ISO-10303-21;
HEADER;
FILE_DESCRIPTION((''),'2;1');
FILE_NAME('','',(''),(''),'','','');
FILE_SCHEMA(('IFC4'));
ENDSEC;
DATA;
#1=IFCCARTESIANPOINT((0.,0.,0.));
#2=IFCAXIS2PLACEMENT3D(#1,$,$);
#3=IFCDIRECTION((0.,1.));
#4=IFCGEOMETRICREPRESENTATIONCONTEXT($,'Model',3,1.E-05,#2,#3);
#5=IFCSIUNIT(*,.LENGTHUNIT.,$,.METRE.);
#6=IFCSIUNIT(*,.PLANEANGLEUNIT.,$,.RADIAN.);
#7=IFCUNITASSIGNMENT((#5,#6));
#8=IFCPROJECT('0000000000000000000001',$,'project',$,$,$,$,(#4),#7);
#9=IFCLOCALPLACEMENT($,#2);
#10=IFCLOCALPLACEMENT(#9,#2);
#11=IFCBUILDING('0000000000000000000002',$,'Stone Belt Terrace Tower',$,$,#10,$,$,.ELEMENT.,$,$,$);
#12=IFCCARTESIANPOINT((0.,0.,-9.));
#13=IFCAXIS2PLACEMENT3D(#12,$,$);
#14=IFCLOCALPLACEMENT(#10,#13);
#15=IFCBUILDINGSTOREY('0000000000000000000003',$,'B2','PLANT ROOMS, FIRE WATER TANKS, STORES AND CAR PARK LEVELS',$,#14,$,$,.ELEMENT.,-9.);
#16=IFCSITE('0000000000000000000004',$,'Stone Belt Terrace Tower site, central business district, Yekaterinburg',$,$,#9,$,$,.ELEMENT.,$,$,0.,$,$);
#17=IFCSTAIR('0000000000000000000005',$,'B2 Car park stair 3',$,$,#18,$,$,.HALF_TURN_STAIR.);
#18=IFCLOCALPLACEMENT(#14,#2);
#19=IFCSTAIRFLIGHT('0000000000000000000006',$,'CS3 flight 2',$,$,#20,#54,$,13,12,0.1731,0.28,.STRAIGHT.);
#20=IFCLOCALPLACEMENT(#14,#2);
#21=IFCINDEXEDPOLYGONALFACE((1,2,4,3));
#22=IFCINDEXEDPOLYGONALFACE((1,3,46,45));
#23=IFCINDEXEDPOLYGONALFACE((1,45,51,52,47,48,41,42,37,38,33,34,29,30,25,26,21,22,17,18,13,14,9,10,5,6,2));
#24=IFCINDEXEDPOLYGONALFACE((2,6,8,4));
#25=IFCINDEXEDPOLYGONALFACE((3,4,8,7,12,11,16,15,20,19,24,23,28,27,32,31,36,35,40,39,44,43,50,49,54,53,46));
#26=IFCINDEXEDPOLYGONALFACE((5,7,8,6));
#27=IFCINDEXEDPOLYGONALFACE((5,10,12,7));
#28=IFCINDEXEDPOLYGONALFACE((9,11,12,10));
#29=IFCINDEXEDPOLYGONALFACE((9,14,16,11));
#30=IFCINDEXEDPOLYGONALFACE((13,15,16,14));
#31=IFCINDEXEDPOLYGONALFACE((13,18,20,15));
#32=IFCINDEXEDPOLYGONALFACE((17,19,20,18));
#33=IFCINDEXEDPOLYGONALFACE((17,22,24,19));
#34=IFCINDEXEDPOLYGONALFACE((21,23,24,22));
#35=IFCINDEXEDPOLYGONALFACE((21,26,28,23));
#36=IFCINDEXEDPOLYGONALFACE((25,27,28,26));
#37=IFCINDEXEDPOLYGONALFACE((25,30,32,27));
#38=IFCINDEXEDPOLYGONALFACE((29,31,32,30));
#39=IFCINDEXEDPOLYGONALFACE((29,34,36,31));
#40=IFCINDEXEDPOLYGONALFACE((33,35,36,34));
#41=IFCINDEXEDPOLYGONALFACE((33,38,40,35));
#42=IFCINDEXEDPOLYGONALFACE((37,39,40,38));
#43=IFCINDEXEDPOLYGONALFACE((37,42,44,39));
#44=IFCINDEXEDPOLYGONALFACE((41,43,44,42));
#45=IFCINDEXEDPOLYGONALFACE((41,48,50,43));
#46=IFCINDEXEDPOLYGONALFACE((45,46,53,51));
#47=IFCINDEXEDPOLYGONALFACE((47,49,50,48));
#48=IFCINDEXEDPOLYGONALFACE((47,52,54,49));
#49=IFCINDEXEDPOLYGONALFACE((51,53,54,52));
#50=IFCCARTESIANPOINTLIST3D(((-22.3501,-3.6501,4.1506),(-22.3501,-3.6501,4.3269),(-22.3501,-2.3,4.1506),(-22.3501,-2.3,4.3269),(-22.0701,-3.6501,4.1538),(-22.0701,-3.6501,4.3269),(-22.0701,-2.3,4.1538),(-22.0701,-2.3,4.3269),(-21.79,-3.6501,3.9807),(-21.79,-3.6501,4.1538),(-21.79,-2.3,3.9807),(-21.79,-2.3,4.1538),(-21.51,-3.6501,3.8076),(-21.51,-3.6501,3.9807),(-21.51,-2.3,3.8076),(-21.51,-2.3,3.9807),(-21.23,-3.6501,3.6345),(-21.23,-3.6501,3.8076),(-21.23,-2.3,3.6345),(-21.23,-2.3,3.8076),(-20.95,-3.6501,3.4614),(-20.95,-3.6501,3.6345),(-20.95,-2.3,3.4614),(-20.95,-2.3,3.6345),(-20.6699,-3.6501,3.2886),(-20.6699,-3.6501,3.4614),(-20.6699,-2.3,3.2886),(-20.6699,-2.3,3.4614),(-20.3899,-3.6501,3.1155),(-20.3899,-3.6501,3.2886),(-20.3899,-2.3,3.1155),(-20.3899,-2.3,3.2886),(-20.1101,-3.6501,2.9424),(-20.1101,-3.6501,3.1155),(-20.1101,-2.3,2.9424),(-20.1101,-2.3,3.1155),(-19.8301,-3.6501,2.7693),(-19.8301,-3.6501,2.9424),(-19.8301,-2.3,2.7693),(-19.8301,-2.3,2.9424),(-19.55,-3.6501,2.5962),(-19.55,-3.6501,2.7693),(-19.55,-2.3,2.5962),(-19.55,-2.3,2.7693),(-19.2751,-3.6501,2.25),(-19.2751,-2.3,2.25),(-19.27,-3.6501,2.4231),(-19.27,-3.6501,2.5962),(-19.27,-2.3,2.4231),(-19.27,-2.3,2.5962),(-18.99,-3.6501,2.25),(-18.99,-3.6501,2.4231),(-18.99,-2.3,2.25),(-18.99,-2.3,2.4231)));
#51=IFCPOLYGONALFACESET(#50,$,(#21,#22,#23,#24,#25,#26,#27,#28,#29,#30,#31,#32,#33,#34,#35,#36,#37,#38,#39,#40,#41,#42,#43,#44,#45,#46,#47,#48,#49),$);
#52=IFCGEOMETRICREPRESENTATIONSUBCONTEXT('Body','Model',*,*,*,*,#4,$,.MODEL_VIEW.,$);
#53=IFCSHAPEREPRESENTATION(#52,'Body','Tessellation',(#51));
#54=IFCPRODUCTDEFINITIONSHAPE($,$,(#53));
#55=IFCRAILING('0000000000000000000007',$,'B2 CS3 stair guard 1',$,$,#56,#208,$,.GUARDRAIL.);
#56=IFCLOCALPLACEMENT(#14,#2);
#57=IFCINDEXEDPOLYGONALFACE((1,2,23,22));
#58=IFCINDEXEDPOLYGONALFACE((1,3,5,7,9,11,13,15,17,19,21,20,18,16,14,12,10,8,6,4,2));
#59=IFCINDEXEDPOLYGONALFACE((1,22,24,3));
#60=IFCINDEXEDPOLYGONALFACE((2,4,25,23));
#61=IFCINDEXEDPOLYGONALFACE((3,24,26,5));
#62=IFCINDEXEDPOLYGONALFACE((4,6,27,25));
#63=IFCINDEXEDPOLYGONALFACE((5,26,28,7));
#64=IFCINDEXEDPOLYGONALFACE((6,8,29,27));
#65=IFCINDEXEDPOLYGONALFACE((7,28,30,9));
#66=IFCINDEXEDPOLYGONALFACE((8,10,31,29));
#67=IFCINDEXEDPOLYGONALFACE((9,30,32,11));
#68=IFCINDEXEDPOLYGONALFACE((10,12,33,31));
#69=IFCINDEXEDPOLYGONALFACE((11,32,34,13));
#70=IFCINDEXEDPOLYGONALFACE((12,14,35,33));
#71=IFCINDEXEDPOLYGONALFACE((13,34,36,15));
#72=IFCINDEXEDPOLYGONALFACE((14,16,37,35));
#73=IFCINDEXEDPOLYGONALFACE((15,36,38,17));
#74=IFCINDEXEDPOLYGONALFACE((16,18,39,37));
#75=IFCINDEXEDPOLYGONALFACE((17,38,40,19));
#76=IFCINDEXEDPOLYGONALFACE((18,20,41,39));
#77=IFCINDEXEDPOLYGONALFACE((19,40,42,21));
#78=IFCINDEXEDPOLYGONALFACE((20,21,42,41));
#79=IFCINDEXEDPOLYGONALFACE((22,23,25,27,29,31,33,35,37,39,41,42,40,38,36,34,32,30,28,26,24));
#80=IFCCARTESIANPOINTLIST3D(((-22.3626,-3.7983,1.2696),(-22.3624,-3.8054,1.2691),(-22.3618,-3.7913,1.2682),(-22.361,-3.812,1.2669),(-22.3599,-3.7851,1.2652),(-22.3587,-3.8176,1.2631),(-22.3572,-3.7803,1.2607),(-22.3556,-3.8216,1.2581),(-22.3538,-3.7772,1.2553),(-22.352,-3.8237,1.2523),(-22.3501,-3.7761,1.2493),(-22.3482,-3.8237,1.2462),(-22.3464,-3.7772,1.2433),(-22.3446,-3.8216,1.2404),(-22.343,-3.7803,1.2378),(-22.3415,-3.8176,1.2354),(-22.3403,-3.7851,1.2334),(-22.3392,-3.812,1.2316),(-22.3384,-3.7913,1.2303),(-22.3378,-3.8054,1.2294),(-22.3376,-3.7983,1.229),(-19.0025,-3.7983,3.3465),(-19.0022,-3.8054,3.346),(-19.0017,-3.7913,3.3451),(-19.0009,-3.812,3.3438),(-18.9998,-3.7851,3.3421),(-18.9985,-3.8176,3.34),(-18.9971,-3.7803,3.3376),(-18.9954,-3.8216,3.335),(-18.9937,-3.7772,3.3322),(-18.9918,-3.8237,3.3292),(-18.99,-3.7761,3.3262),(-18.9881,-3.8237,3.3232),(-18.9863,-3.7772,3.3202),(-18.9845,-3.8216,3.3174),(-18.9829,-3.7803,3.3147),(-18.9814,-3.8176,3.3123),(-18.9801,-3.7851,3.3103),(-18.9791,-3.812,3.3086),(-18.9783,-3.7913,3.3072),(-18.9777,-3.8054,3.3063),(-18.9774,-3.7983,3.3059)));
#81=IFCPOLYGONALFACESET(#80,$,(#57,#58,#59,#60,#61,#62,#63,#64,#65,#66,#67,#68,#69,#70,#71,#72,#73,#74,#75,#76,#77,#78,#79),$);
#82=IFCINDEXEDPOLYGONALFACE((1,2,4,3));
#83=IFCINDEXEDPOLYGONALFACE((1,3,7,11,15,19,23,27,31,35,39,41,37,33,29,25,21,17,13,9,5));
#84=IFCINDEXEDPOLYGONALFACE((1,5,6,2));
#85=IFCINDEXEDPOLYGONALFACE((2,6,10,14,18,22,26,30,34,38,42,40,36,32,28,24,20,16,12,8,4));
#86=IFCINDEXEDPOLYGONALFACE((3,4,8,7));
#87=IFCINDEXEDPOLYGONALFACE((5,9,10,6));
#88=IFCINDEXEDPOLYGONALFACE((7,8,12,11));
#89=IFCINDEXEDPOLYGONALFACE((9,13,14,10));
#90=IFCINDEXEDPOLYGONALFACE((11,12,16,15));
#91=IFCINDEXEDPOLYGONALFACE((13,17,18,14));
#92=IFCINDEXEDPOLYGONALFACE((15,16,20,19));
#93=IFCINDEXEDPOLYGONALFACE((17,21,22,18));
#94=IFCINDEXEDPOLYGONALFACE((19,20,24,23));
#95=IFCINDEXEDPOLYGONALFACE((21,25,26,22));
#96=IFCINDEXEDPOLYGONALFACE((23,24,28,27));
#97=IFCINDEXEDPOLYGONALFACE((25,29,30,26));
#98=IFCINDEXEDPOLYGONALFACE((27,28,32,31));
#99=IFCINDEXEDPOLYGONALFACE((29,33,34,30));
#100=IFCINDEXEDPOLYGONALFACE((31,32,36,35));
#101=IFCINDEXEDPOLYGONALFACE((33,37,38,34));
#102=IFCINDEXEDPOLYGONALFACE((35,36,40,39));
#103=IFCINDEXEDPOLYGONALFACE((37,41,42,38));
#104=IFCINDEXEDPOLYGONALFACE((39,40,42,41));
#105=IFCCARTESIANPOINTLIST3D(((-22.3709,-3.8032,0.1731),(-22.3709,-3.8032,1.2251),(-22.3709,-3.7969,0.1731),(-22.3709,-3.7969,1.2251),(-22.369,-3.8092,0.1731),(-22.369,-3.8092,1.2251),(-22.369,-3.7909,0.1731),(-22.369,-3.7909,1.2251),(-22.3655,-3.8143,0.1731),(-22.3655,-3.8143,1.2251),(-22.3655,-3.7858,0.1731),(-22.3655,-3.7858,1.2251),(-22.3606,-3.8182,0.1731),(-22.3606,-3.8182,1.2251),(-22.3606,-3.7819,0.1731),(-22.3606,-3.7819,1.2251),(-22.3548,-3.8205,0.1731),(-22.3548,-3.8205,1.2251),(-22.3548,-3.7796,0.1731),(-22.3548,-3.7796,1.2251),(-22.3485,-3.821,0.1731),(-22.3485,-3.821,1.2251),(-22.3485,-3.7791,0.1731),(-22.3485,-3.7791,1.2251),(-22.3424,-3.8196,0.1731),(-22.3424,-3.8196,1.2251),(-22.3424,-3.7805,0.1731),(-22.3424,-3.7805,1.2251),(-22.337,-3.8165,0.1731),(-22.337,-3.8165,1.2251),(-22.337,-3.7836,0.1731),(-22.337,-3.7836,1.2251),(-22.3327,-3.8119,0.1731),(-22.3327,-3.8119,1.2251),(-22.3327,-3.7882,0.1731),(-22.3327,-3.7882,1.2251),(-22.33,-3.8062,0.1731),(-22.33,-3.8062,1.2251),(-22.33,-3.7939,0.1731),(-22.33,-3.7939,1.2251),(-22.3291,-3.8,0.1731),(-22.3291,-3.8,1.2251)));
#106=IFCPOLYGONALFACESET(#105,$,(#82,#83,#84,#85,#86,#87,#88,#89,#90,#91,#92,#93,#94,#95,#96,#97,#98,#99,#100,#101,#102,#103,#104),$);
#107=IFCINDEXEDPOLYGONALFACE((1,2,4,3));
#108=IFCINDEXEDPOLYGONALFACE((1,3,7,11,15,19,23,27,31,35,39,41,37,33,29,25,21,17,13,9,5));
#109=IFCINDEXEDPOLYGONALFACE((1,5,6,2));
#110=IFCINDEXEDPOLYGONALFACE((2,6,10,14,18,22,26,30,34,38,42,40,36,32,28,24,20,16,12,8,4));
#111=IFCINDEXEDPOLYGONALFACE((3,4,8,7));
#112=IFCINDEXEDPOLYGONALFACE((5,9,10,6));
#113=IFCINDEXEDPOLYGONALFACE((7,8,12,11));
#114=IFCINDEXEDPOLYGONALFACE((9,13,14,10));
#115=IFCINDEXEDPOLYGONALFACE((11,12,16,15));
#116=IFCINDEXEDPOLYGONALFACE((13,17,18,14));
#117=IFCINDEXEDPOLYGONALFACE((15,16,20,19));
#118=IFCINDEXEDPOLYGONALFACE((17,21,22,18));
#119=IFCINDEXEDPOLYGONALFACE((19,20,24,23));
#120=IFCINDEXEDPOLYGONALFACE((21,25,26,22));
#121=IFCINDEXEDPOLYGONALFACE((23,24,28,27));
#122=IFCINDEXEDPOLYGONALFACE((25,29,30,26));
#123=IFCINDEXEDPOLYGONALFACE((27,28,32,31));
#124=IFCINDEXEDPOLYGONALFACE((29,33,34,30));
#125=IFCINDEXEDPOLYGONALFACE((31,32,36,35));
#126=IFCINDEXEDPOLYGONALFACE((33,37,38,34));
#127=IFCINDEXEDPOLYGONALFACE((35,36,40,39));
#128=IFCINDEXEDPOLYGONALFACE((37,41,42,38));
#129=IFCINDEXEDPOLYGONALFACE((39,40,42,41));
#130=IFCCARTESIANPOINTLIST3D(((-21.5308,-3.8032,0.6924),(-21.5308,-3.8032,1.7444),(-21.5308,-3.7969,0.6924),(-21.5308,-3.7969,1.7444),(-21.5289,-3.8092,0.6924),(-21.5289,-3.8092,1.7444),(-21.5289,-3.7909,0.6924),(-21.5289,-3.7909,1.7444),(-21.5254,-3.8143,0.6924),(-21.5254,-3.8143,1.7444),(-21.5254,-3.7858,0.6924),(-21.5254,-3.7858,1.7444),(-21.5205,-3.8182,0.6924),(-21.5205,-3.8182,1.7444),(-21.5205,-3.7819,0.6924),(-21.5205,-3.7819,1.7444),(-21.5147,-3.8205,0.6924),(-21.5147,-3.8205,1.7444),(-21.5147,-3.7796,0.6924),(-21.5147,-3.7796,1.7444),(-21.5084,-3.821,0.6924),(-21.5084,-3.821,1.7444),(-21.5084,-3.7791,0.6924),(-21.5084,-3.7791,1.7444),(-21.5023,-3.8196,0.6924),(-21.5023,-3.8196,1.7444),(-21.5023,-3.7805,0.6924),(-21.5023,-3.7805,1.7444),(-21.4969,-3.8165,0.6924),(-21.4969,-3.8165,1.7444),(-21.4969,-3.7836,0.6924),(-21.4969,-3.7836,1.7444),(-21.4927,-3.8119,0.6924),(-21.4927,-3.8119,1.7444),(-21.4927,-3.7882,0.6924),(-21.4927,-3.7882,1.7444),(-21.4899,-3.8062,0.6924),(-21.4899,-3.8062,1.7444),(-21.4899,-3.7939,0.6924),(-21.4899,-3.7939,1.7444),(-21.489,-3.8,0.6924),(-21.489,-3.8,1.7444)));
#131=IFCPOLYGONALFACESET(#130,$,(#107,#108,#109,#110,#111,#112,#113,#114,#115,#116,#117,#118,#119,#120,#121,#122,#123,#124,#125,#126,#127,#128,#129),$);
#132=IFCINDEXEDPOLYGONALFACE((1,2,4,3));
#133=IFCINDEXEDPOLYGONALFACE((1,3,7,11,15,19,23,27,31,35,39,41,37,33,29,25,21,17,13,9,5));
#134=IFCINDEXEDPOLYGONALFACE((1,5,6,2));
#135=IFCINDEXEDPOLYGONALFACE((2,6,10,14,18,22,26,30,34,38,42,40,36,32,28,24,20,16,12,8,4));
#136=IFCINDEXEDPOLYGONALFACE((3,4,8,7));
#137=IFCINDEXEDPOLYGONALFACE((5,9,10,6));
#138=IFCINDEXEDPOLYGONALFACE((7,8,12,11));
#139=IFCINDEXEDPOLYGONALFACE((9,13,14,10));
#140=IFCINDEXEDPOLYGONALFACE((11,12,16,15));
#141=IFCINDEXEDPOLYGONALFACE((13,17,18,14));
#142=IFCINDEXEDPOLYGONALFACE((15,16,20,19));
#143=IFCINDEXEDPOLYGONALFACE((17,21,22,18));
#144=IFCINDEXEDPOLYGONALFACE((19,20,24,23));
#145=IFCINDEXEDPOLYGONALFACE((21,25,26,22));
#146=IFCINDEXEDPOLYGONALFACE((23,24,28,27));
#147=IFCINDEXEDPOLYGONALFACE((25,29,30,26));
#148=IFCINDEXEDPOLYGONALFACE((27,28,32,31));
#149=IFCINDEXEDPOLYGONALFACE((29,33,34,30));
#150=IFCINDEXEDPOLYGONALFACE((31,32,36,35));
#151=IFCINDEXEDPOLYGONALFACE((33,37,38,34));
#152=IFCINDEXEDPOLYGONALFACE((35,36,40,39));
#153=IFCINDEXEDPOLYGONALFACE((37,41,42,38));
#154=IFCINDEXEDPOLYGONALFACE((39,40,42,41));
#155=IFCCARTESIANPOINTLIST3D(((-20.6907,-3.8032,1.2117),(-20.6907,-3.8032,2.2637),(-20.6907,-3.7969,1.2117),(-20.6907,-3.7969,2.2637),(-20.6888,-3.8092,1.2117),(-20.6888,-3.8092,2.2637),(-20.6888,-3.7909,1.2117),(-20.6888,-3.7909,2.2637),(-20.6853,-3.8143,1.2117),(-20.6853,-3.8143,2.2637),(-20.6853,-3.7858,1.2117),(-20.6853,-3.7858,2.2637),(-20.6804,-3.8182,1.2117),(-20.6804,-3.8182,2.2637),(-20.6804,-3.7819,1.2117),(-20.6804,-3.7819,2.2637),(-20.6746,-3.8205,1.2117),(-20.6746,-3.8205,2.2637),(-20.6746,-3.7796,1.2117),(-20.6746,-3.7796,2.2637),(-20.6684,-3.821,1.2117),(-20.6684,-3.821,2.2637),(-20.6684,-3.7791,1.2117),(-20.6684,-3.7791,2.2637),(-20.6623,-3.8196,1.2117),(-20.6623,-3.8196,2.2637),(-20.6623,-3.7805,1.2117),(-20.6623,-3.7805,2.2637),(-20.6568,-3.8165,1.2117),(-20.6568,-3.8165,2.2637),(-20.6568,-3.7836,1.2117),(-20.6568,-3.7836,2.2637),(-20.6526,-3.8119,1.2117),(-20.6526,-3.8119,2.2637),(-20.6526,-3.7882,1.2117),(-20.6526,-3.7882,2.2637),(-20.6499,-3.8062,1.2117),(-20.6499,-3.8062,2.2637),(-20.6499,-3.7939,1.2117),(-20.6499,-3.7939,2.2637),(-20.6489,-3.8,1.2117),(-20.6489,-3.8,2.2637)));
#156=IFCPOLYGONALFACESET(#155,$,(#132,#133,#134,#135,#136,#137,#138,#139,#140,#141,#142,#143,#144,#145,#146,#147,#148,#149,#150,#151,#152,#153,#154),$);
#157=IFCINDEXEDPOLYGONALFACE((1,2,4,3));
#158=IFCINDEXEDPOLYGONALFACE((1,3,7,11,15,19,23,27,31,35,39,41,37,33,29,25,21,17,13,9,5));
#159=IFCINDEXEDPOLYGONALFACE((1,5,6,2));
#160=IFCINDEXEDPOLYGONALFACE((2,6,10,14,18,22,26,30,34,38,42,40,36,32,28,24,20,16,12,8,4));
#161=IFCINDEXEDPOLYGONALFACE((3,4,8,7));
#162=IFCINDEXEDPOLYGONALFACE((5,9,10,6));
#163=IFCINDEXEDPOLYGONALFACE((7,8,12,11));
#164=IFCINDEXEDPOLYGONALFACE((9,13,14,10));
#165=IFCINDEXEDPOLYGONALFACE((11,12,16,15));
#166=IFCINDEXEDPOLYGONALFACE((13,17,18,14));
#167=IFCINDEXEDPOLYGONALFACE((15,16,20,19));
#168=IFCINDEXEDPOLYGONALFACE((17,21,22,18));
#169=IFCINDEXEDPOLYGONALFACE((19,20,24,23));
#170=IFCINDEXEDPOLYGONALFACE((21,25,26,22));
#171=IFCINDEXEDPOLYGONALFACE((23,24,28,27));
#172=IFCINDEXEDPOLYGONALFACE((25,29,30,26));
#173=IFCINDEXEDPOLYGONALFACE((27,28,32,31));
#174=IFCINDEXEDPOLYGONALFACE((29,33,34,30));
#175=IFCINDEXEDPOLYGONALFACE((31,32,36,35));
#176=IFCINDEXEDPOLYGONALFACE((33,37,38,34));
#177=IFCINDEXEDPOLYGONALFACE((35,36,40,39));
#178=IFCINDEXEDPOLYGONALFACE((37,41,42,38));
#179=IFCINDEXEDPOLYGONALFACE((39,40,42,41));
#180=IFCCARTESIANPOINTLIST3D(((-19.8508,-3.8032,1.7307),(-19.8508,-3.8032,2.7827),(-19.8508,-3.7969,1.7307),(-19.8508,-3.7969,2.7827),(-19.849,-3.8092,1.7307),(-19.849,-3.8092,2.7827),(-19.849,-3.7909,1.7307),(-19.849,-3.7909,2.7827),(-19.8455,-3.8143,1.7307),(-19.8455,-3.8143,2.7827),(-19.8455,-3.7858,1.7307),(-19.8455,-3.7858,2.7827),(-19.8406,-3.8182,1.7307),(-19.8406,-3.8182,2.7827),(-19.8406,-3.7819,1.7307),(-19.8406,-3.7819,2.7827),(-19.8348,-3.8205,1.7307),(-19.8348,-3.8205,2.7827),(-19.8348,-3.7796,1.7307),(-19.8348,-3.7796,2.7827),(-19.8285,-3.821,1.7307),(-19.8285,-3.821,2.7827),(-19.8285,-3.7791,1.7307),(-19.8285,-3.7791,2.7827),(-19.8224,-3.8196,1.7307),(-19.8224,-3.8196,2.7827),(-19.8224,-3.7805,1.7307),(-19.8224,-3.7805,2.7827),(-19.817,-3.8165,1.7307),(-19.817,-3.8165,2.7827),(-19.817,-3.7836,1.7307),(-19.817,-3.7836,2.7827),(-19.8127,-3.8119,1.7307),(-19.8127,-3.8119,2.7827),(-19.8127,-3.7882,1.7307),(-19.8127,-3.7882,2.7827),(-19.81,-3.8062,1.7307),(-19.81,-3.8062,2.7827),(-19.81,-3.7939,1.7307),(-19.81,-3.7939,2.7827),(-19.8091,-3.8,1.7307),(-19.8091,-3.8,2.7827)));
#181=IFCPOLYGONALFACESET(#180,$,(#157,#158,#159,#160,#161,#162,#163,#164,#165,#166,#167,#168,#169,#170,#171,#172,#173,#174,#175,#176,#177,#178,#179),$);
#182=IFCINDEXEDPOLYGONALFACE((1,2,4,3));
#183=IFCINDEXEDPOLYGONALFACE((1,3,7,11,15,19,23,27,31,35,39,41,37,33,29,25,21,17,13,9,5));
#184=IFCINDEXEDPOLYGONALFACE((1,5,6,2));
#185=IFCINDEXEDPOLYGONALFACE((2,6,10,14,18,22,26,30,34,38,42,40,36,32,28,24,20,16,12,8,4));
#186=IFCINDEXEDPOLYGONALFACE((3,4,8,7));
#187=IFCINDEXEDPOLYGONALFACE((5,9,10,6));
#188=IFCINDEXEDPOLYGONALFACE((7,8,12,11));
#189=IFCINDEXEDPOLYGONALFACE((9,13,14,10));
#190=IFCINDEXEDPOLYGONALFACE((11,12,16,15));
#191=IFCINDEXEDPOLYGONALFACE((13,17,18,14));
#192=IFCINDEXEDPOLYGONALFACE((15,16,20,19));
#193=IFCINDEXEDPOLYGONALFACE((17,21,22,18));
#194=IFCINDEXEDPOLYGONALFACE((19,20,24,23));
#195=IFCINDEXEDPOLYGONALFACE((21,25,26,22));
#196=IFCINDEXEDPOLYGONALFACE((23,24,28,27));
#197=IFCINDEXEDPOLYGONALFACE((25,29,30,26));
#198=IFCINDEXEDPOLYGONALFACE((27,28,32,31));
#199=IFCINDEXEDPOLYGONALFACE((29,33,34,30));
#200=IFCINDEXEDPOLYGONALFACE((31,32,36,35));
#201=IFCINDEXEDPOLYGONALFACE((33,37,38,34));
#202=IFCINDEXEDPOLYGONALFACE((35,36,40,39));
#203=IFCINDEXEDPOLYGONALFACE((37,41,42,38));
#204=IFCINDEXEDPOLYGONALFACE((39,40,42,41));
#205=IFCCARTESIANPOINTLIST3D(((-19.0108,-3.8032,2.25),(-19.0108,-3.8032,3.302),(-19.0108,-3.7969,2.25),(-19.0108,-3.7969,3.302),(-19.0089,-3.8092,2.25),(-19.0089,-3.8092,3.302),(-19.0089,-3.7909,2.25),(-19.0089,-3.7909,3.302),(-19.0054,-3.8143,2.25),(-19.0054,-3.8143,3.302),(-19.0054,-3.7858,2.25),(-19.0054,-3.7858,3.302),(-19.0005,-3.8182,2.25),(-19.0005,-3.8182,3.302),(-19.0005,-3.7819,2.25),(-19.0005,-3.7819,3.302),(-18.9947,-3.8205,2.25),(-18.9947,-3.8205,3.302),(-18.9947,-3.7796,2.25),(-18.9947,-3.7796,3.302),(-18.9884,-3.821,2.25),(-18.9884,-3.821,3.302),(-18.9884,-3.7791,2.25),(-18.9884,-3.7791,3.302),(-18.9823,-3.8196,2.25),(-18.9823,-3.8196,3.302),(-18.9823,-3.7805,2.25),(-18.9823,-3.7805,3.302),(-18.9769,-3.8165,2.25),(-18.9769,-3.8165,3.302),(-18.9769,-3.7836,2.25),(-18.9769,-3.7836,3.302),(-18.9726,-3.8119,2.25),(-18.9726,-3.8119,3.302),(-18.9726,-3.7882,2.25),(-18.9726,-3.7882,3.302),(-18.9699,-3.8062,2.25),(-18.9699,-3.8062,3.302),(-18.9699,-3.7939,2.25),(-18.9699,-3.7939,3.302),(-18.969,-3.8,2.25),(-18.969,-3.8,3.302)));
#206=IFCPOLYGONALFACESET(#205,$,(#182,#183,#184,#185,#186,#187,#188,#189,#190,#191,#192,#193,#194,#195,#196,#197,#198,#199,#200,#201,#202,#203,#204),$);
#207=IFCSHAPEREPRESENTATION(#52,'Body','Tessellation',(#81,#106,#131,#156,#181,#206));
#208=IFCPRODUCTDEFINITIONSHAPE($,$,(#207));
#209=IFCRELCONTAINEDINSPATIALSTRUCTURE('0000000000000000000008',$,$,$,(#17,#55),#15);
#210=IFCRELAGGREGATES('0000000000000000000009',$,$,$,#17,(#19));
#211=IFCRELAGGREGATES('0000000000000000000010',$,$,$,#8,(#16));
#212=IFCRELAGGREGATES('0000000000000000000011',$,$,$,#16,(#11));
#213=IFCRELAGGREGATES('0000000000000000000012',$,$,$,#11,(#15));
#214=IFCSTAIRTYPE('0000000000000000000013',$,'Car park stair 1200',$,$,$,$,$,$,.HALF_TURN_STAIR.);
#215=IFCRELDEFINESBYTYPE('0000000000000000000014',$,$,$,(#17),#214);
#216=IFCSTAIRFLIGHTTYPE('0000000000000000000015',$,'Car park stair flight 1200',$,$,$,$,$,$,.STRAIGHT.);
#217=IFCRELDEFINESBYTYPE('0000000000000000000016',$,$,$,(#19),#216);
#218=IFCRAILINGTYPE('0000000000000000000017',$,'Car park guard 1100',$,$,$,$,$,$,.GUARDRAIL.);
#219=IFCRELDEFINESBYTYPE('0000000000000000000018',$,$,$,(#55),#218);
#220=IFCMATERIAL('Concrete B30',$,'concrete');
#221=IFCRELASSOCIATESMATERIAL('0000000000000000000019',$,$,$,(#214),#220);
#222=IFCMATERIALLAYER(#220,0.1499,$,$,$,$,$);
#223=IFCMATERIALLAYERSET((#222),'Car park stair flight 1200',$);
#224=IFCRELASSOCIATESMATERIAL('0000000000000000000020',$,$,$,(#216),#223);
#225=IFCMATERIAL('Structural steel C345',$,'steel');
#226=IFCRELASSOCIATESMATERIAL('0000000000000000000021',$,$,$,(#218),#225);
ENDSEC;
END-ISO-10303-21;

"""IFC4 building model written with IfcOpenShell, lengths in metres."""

from ifc_helpers import new_model, si_unit, direction, frame, origin, origin_2d, place, context, subcontext, project, spatial, polyline, circle, outline, extrude, material, layer, layer_set, type_object, element, aggregate, save


model = new_model("IFC4")

# Units and contexts
model_context = context("Model", 3, precision=1e-05, world=origin(), true_north=direction((0.0, 1.0)))
body_context = subcontext(model_context, "Body", "Model", "MODEL_VIEW")
ifc_project = project(units=[si_unit("LENGTHUNIT", "METRE"), si_unit("PLANEANGLEUNIT", "RADIAN")], contexts=[model_context])

# Site, building, storey
site_placement = place(None, origin())
site = spatial("IfcSite", under=ifc_project, at=site_placement, Name="Stone Belt Terrace Tower site, central business district, Yekaterinburg", CompositionType="ELEMENT", RefElevation=0.0)
building_placement = place(site_placement, origin())
building = spatial("IfcBuilding", under=site, at=building_placement, Name="Stone Belt Terrace Tower", CompositionType="ELEMENT")
storey_placement = place(building_placement, frame((0.0, 0.0, -9.0)))
storey = spatial("IfcBuildingStorey", under=building, at=storey_placement, Name="B2", Description="PLANT ROOMS, FIRE WATER TANKS, STORES AND CAR PARK LEVELS", CompositionType="ELEMENT", Elevation=-9.0)

# Shared definitions
ifc_material_1 = material(Name="Concrete B30", Category="concrete")

# Stair, stair flight
stair_type = type_object("IfcStairType", Name="Car park stair 1200", PredefinedType="HALF_TURN_STAIR", material=ifc_material_1)
stair_placement = place(storey_placement, origin())
stair = element("IfcStair", 1, at=stair_placement, inside=storey, type_object=stair_type, Name="B2 Car park stair 3", PredefinedType="HALF_TURN_STAIR")
ifc_layer_1 = layer(ifc_material_1, 0.1499)
ifc_layer_set_1 = layer_set([ifc_layer_1], Name="Car park stair flight 1200")
stair_flight_type = type_object("IfcStairFlightType", Name="Car park stair flight 1200", PredefinedType="STRAIGHT", material=ifc_layer_set_1)
stair_flight_1_placement = place(storey_placement, frame((-18.99, -2.9751, 2.25), z_axis=(0.0, 0.0, 1.0), x_axis=(-1.0, 0.0, 0.0)))
stair_flight_1 = element("IfcStairFlight", 2, at=stair_flight_1_placement, type_object=stair_flight_type, Name="CS3 flight 2", NumberOfRisers=13, NumberOfTreads=12, PredefinedType="STRAIGHT", RiserHeight=0.1731, TreadLength=0.28, context=body_context, shape_type="SweptSolid", body=[
    extrude(outline(polyline([(0.0, 0.0), (0.0, 0.1731), (0.28, 0.1731), (0.28, 0.3462), (0.5601, 0.3462), (0.5601, 0.5193), (0.8401, 0.5193), (0.8401, 0.6924), (1.1201, 0.6924), (1.1201, 0.8655), (1.3999, 0.8655), (1.3999, 1.0386), (1.6799, 1.0386), (1.6799, 1.2114), (1.96, 1.2114), (1.96, 1.3845), (2.24, 1.3845), (2.24, 1.5576), (2.52, 1.5576), (2.52, 1.7307), (2.8, 1.7307), (2.8, 1.9038), (3.0801, 1.9038), (3.0801, 2.0769), (3.3601, 2.0769), (3.3601, 2.25), (3.3601, 1.9006), (0.2852, 0.0), (0.0, 0.0)])), frame((0.0, 0.675, 0.0), z_axis=(0.0, -1.0, 0.0), x_axis=(1.0, 0.0, 0.0)), (0.0, 0.0, 1.0), 1.3501),
])
aggregate(stair, [stair_flight_1])

# Railing
ifc_material_2 = material(Name="Structural steel C345", Category="steel")
railing_type_1 = type_object("IfcRailingType", Name="Car park guard 1100", PredefinedType="GUARDRAIL", material=ifc_material_2)
railing_1_placement = place(storey_placement, frame((-22.3501, -3.8, 0.1731)))
element("IfcRailing", 3, at=railing_1_placement, inside=storey, type_object=railing_type_1, Name="B2 CS3 stair guard 1", PredefinedType="GUARDRAIL", context=body_context, shape_type="SweptSolid", body=[
    extrude(circle(Radius=0.0239, at=origin_2d()), frame((0.0, 0.0, 1.0762), z_axis=(0.850623, 0.0, 0.525776), x_axis=(0.0, 1.0, 0.0)), (0.0, 0.0, 1.0), 3.9502),
    extrude(circle(Radius=0.021, at=origin_2d()), origin(), (0.0, 0.0, 1.0), 1.052),
    extrude(circle(Radius=0.021, at=origin_2d()), frame((0.8401, 0.0, 0.5193)), (0.0, 0.0, 1.0), 1.052),
    extrude(circle(Radius=0.021, at=origin_2d()), frame((1.6802, 0.0, 1.0386)), (0.0, 0.0, 1.0), 1.052),
    extrude(circle(Radius=0.021, at=origin_2d()), frame((2.52, 0.0, 1.5576)), (0.0, 0.0, 1.0), 1.052),
    extrude(circle(Radius=0.021, at=origin_2d()), frame((3.3601, 0.0, 2.0769)), (0.0, 0.0, 1.0), 1.052),
])

save(model, "model.ifc")
